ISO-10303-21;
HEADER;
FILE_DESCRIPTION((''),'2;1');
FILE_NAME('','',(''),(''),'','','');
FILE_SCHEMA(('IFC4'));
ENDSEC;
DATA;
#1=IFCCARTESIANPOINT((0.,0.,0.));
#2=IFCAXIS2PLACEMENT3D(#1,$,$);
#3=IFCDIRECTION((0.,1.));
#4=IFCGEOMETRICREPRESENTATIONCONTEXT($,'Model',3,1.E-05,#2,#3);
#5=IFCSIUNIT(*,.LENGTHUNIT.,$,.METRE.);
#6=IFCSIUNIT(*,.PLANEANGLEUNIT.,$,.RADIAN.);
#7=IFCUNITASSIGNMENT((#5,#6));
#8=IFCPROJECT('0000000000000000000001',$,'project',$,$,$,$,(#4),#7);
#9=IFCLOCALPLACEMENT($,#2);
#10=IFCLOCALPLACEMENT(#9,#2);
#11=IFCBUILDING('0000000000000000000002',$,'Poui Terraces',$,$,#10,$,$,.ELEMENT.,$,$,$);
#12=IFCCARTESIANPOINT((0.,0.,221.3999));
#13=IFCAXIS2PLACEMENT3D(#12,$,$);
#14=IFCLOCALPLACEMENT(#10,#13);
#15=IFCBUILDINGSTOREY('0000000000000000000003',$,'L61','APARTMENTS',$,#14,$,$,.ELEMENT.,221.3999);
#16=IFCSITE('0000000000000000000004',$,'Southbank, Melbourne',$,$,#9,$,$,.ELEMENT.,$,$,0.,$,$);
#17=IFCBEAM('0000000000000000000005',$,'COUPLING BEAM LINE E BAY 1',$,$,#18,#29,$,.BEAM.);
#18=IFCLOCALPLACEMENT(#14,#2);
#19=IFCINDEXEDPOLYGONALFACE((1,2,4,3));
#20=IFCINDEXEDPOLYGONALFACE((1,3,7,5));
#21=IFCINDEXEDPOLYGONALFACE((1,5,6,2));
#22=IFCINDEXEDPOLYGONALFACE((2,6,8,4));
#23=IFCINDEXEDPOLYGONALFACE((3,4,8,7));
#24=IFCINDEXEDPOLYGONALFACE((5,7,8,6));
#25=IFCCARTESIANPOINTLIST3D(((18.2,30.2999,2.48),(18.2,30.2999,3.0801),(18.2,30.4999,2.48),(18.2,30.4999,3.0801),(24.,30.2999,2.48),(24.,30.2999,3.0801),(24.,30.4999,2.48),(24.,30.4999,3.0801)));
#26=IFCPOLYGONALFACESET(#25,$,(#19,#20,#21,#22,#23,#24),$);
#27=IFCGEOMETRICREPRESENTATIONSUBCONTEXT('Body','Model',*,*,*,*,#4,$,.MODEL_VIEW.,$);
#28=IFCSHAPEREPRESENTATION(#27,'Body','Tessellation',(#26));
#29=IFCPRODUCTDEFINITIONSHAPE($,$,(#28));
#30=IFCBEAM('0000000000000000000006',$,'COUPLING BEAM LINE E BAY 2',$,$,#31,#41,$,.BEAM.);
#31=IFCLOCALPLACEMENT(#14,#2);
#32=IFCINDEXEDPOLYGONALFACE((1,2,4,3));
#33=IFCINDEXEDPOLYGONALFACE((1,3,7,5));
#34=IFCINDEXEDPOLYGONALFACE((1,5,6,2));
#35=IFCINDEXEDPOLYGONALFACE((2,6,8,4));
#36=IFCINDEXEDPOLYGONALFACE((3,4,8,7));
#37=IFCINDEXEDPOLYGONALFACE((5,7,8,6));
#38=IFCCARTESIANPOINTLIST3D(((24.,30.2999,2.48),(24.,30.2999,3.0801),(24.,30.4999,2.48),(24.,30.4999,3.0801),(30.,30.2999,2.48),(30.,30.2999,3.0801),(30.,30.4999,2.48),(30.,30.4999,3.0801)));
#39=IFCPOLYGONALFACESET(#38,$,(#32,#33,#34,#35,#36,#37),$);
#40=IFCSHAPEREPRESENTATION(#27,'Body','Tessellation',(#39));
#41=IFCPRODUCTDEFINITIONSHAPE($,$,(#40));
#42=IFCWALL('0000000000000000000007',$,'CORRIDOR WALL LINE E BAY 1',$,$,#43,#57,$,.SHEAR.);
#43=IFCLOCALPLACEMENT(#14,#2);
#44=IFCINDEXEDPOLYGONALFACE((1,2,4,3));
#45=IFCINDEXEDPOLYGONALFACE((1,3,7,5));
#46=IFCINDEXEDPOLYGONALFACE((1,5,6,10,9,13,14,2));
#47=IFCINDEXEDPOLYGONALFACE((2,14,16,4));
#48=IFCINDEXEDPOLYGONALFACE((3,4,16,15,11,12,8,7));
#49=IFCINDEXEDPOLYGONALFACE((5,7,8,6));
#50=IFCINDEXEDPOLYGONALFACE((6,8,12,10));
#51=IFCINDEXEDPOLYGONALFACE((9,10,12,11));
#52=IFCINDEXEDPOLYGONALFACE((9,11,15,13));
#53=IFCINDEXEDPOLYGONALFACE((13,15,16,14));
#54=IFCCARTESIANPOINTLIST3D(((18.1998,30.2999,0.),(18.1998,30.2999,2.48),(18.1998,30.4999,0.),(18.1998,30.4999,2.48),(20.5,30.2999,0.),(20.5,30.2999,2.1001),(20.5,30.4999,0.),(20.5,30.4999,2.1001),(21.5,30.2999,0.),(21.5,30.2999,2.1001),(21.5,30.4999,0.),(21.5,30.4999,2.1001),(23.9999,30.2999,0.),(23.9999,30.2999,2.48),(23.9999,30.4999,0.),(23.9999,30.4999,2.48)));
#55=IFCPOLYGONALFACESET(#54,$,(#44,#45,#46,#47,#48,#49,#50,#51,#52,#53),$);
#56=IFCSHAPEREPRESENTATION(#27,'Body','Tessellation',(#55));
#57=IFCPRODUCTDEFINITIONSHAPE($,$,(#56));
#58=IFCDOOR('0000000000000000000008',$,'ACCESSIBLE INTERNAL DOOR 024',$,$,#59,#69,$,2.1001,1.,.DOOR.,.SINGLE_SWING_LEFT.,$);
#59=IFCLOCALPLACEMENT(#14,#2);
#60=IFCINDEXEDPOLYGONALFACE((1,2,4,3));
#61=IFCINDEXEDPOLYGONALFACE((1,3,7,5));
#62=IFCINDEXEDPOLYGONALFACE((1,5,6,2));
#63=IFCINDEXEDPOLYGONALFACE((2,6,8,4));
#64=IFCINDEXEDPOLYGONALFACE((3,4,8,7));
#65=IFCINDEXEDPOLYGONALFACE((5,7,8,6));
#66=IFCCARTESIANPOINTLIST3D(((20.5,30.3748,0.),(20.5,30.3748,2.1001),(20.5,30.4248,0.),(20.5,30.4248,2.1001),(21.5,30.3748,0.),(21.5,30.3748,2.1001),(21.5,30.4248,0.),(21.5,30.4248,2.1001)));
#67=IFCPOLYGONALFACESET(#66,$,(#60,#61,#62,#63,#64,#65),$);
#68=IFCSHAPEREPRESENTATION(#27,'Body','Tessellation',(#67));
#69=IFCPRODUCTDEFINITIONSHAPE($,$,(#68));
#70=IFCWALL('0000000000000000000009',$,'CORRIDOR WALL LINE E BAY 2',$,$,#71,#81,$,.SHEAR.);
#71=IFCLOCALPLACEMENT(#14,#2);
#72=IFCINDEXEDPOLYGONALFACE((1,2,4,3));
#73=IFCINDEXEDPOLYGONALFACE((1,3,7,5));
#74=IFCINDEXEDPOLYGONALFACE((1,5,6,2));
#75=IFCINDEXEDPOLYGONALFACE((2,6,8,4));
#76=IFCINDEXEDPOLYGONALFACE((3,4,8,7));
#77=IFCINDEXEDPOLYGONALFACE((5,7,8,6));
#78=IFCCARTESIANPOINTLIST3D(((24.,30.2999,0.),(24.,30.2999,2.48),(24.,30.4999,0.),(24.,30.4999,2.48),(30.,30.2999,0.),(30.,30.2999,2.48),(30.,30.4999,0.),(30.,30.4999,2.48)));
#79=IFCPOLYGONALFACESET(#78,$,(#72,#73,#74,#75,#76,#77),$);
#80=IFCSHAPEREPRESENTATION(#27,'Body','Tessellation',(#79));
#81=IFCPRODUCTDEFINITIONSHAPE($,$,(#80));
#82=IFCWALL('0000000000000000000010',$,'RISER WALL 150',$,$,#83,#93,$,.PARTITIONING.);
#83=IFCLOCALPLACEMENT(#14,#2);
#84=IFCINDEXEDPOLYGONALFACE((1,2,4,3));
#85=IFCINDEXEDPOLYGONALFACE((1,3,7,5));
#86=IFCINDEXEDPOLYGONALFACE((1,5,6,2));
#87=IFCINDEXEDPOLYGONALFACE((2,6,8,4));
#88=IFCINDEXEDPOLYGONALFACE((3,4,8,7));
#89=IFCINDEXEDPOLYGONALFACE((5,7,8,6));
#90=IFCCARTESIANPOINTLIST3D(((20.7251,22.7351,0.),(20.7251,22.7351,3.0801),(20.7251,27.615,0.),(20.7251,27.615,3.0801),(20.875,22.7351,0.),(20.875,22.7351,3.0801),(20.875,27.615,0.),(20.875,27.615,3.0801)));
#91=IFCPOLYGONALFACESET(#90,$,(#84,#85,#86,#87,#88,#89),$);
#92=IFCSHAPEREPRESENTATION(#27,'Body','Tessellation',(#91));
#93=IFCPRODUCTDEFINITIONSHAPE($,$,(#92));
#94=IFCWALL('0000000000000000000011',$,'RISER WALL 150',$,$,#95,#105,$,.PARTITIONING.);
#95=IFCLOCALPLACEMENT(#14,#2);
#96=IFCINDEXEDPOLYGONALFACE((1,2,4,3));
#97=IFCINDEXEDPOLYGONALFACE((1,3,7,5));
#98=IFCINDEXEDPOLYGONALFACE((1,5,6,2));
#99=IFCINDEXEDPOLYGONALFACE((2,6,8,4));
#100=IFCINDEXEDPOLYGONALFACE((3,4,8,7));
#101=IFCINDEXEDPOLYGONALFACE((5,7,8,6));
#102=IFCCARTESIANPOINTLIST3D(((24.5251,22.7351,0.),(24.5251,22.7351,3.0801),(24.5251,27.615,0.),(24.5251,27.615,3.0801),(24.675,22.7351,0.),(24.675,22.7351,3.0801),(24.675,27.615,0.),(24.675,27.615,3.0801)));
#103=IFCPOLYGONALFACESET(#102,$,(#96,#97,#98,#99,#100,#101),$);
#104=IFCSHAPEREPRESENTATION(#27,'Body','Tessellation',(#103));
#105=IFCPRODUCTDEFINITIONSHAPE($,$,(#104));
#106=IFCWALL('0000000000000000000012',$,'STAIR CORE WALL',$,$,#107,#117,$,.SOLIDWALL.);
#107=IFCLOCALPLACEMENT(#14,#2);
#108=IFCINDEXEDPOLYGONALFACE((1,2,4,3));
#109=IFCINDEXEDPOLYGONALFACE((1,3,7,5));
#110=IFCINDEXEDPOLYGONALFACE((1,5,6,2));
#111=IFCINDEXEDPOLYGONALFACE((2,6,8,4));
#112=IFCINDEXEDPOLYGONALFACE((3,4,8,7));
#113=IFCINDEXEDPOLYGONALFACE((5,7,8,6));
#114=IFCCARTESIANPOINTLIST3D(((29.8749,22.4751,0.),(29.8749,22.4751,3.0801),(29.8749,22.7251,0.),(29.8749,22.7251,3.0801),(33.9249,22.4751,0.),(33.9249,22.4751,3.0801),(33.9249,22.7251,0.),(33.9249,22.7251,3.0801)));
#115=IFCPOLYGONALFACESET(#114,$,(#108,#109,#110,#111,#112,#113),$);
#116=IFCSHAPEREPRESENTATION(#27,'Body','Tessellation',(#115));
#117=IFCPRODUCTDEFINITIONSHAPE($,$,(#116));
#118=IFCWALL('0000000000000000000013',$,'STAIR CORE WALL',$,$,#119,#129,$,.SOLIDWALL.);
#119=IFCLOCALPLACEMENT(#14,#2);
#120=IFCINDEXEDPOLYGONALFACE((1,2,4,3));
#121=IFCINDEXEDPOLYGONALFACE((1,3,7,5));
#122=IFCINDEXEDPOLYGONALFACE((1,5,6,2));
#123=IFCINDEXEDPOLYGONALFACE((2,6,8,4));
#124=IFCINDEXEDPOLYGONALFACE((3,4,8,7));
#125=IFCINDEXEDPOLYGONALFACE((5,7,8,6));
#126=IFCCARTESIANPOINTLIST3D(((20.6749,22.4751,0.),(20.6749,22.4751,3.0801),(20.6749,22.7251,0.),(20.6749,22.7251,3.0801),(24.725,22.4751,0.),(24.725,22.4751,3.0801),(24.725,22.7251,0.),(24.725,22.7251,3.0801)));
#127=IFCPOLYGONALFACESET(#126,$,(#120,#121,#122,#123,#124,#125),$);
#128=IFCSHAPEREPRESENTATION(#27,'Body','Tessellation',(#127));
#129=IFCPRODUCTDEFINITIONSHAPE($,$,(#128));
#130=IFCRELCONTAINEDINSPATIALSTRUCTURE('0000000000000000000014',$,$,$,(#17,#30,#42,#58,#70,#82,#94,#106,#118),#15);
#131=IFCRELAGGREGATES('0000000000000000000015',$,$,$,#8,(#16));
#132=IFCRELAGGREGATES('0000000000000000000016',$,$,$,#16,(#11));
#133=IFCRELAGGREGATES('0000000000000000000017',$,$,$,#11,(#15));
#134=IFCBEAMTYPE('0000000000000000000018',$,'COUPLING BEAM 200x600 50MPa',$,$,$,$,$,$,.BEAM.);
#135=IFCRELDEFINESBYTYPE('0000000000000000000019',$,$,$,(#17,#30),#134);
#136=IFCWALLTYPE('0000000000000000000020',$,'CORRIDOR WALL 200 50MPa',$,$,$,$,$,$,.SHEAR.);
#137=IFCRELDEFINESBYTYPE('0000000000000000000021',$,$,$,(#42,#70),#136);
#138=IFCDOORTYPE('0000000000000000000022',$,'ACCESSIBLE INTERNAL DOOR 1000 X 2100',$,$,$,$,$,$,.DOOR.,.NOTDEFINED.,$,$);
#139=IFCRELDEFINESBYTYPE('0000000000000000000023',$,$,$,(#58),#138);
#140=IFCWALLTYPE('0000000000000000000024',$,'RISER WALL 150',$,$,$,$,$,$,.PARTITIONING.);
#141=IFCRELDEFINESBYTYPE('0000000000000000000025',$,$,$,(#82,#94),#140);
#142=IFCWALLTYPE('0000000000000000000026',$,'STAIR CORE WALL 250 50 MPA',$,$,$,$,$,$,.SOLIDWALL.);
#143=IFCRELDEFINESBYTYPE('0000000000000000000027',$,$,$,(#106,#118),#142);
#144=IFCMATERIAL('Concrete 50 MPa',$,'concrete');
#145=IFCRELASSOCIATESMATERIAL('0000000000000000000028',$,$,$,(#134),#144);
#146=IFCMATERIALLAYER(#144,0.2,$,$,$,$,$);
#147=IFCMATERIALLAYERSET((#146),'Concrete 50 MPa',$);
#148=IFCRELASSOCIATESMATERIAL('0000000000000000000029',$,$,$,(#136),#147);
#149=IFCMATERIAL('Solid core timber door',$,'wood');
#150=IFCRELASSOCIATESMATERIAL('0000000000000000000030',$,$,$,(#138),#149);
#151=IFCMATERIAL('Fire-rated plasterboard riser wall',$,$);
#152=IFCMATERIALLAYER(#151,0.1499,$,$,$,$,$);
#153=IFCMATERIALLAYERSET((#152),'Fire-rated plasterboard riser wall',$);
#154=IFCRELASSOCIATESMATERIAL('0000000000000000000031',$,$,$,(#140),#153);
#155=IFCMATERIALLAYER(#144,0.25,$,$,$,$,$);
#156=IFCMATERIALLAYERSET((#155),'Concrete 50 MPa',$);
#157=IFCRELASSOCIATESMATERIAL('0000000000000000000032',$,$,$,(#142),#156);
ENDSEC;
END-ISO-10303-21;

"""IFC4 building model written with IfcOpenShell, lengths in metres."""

from ifc_helpers import new_model, si_unit, direction, frame, frame_2d, origin, origin_2d, place, context, subcontext, project, spatial, rectangle, extrude, source, transform, mapped, material, layer, layer_set, material_profile, profile_set, type_object, element, fill, save


model = new_model("IFC4")

# Units and contexts
model_context = context("Model", 3, precision=1e-05, world=origin(), true_north=direction((0.0, 1.0)))
body_context = subcontext(model_context, "Body", "Model", "MODEL_VIEW")
ifc_project = project(units=[si_unit("LENGTHUNIT", "METRE"), si_unit("PLANEANGLEUNIT", "RADIAN")], contexts=[model_context])

# Site, building, storey
site_placement = place(None, origin())
site = spatial("IfcSite", under=ifc_project, at=site_placement, Name="Southbank, Melbourne", CompositionType="ELEMENT", RefElevation=0.0)
building_placement = place(site_placement, origin())
building = spatial("IfcBuilding", under=site, at=building_placement, Name="Poui Terraces", CompositionType="ELEMENT")
storey_placement = place(building_placement, frame((0.0, 0.0, 221.3999)))
storey = spatial("IfcBuildingStorey", under=building, at=storey_placement, Name="L61", Description="APARTMENTS", CompositionType="ELEMENT", Elevation=221.3999)

# Beams
ifc_material_1 = material(Name="Concrete 50 MPa", Category="concrete")
ifc_material_profile = material_profile(ifc_material_1, rectangle(XDim=0.2, YDim=0.6001, at=origin_2d()), Name="RC 200x600")
ifc_profile_set = profile_set([ifc_material_profile], Name="Concrete 50 MPa")
beam_type = type_object("IfcBeamType", Name="COUPLING BEAM 200x600 50MPa", PredefinedType="BEAM", material=ifc_profile_set)
shared_shape_1 = source(origin(), body_context, "Body", "SweptSolid", [
    extrude(rectangle(XDim=0.2, YDim=0.6001, at=origin_2d()), origin(), (0.0, 0.0, 1.0), 5.8),
])
beam_1_placement = place(storey_placement, frame((18.2, 30.3999, 2.78), z_axis=(1.0, 0.0, 0.0), x_axis=(0.0, 1.0, 0.0)))
element("IfcBeam", 1, at=beam_1_placement, inside=storey, type_object=beam_type, Name="COUPLING BEAM LINE E BAY 1", PredefinedType="BEAM", context=body_context, shape_type="MappedRepresentation", body=[
    mapped(shared_shape_1, transform((0.0, 0.0, 0.0))),
])
shared_shape_2 = source(origin(), body_context, "Body", "SweptSolid", [
    extrude(rectangle(XDim=0.2, YDim=0.6001, at=origin_2d()), origin(), (0.0, 0.0, 1.0), 6.0),
])
beam_2_placement = place(storey_placement, frame((24.0, 30.3999, 2.78), z_axis=(1.0, 0.0, 0.0), x_axis=(0.0, 1.0, 0.0)))
element("IfcBeam", 2, at=beam_2_placement, inside=storey, type_object=beam_type, Name="COUPLING BEAM LINE E BAY 2", PredefinedType="BEAM", context=body_context, shape_type="MappedRepresentation", body=[
    mapped(shared_shape_2, transform((0.0, 0.0, 0.0))),
])

# Wall, opening, door
ifc_layer_1 = layer(ifc_material_1, 0.2)
ifc_layer_set_1 = layer_set([ifc_layer_1], Name="Concrete 50 MPa")
wall_type_1 = type_object("IfcWallType", Name="CORRIDOR WALL 200 50MPa", PredefinedType="SHEAR", material=ifc_layer_set_1)
wall_1_placement = place(storey_placement, frame((18.2, 30.3999, 0.0), z_axis=(0.0, 0.0, 1.0), x_axis=(1.0, 0.0, 0.0)))
wall_1 = element("IfcWall", 3, at=wall_1_placement, inside=storey, type_object=wall_type_1, Name="CORRIDOR WALL LINE E BAY 1", PredefinedType="SHEAR", context=body_context, shape_type="SweptSolid", body=[
    extrude(rectangle(XDim=5.8, YDim=0.2, at=frame_2d((2.8999, 0.0))), origin(), (0.0, 0.0, 1.0), 2.48),
])
opening_1_placement = place(wall_1_placement, frame((2.3, 0.0, 0.0)))
opening_1 = element("IfcOpeningElement", 4, at=opening_1_placement, cuts=wall_1, PredefinedType="OPENING", context=body_context, shape_type="SweptSolid", body=[
    extrude(rectangle(XDim=1.0, YDim=2.1001, at=frame_2d((0.5, 1.05))), frame((0.0, 0.1099, 0.0), z_axis=(0.0, -1.0, 0.0), x_axis=(1.0, 0.0, 0.0)), (0.0, 0.0, 1.0), 0.22),
])
ifc_material_2 = material(Name="Solid core timber door", Category="wood")
door_type_1 = type_object("IfcDoorType", Name="ACCESSIBLE INTERNAL DOOR 1000 X 2100", OperationType="NOTDEFINED", PredefinedType="DOOR", material=ifc_material_2)
door_1_placement = place(opening_1_placement, origin())
door_1 = element("IfcDoor", 5, at=door_1_placement, inside=storey, type_object=door_type_1, Name="ACCESSIBLE INTERNAL DOOR 024", OperationType="SINGLE_SWING_LEFT", OverallHeight=2.1001, OverallWidth=1.0, PredefinedType="DOOR", context=body_context, shape_type="SweptSolid", body=[
    extrude(rectangle(XDim=1.0, YDim=2.1001, at=frame_2d((0.5, 1.05))), frame((0.0, 0.0249, 0.0), z_axis=(0.0, -1.0, 0.0), x_axis=(1.0, 0.0, 0.0)), (0.0, 0.0, 1.0), 0.05),
])
fill(opening_1, door_1)

# Walls
wall_2_placement = place(storey_placement, frame((24.0, 30.3999, 0.0), z_axis=(0.0, 0.0, 1.0), x_axis=(1.0, 0.0, 0.0)))
element("IfcWall", 6, at=wall_2_placement, inside=storey, type_object=wall_type_1, Name="CORRIDOR WALL LINE E BAY 2", PredefinedType="SHEAR", context=body_context, shape_type="SweptSolid", body=[
    extrude(rectangle(XDim=6.0, YDim=0.2, at=frame_2d((3.0, 0.0))), origin(), (0.0, 0.0, 1.0), 2.48),
])
ifc_material_3 = material(Name="Fire-rated plasterboard riser wall")
ifc_layer_2 = layer(ifc_material_3, 0.1499)
ifc_layer_set_2 = layer_set([ifc_layer_2], Name="Fire-rated plasterboard riser wall")
wall_type_2 = type_object("IfcWallType", Name="RISER WALL 150", PredefinedType="PARTITIONING", material=ifc_layer_set_2)
for number, where, z_axis, x_axis, name in (
    (7, (20.8, 22.7351, 0.0), (0.0, 0.0, 1.0), (0.0, 1.0, 0.0), "RISER WALL 150"),
    (8, (24.6001, 22.7351, 0.0), (0.0, 0.0, 1.0), (0.0, 1.0, 0.0), "RISER WALL 150"),
):
    element("IfcWall", number, at=place(storey_placement, frame(where, z_axis=z_axis, x_axis=x_axis)), inside=storey, type_object=wall_type_2, Name=name, PredefinedType="PARTITIONING", context=body_context, shape_type="SweptSolid", body=[
        extrude(rectangle(XDim=4.8799, YDim=0.1499, at=frame_2d((2.4399, 0.0))), origin(), (0.0, 0.0, 1.0), 3.0801),
    ])

# Walls
ifc_layer_3 = layer(ifc_material_1, 0.25)
ifc_layer_set_3 = layer_set([ifc_layer_3], Name="Concrete 50 MPa")
wall_type_3 = type_object("IfcWallType", Name="STAIR CORE WALL 250 50 MPA", PredefinedType="SOLIDWALL", material=ifc_layer_set_3)
for number, where, z_axis, x_axis, name in (
    (9, (29.875, 22.6001, 0.0), (0.0, 0.0, 1.0), (1.0, 0.0, 0.0), "STAIR CORE WALL"),
    (10, (20.675, 22.6001, 0.0), (0.0, 0.0, 1.0), (1.0, 0.0, 0.0), "STAIR CORE WALL"),
):
    element("IfcWall", number, at=place(storey_placement, frame(where, z_axis=z_axis, x_axis=x_axis)), inside=storey, type_object=wall_type_3, Name=name, PredefinedType="SOLIDWALL", context=body_context, shape_type="SweptSolid", body=[
        extrude(rectangle(XDim=4.05, YDim=0.25, at=frame_2d((2.0249, 0.0))), origin(), (0.0, 0.0, 1.0), 3.0801),
    ])

save(model, "model.ifc")
